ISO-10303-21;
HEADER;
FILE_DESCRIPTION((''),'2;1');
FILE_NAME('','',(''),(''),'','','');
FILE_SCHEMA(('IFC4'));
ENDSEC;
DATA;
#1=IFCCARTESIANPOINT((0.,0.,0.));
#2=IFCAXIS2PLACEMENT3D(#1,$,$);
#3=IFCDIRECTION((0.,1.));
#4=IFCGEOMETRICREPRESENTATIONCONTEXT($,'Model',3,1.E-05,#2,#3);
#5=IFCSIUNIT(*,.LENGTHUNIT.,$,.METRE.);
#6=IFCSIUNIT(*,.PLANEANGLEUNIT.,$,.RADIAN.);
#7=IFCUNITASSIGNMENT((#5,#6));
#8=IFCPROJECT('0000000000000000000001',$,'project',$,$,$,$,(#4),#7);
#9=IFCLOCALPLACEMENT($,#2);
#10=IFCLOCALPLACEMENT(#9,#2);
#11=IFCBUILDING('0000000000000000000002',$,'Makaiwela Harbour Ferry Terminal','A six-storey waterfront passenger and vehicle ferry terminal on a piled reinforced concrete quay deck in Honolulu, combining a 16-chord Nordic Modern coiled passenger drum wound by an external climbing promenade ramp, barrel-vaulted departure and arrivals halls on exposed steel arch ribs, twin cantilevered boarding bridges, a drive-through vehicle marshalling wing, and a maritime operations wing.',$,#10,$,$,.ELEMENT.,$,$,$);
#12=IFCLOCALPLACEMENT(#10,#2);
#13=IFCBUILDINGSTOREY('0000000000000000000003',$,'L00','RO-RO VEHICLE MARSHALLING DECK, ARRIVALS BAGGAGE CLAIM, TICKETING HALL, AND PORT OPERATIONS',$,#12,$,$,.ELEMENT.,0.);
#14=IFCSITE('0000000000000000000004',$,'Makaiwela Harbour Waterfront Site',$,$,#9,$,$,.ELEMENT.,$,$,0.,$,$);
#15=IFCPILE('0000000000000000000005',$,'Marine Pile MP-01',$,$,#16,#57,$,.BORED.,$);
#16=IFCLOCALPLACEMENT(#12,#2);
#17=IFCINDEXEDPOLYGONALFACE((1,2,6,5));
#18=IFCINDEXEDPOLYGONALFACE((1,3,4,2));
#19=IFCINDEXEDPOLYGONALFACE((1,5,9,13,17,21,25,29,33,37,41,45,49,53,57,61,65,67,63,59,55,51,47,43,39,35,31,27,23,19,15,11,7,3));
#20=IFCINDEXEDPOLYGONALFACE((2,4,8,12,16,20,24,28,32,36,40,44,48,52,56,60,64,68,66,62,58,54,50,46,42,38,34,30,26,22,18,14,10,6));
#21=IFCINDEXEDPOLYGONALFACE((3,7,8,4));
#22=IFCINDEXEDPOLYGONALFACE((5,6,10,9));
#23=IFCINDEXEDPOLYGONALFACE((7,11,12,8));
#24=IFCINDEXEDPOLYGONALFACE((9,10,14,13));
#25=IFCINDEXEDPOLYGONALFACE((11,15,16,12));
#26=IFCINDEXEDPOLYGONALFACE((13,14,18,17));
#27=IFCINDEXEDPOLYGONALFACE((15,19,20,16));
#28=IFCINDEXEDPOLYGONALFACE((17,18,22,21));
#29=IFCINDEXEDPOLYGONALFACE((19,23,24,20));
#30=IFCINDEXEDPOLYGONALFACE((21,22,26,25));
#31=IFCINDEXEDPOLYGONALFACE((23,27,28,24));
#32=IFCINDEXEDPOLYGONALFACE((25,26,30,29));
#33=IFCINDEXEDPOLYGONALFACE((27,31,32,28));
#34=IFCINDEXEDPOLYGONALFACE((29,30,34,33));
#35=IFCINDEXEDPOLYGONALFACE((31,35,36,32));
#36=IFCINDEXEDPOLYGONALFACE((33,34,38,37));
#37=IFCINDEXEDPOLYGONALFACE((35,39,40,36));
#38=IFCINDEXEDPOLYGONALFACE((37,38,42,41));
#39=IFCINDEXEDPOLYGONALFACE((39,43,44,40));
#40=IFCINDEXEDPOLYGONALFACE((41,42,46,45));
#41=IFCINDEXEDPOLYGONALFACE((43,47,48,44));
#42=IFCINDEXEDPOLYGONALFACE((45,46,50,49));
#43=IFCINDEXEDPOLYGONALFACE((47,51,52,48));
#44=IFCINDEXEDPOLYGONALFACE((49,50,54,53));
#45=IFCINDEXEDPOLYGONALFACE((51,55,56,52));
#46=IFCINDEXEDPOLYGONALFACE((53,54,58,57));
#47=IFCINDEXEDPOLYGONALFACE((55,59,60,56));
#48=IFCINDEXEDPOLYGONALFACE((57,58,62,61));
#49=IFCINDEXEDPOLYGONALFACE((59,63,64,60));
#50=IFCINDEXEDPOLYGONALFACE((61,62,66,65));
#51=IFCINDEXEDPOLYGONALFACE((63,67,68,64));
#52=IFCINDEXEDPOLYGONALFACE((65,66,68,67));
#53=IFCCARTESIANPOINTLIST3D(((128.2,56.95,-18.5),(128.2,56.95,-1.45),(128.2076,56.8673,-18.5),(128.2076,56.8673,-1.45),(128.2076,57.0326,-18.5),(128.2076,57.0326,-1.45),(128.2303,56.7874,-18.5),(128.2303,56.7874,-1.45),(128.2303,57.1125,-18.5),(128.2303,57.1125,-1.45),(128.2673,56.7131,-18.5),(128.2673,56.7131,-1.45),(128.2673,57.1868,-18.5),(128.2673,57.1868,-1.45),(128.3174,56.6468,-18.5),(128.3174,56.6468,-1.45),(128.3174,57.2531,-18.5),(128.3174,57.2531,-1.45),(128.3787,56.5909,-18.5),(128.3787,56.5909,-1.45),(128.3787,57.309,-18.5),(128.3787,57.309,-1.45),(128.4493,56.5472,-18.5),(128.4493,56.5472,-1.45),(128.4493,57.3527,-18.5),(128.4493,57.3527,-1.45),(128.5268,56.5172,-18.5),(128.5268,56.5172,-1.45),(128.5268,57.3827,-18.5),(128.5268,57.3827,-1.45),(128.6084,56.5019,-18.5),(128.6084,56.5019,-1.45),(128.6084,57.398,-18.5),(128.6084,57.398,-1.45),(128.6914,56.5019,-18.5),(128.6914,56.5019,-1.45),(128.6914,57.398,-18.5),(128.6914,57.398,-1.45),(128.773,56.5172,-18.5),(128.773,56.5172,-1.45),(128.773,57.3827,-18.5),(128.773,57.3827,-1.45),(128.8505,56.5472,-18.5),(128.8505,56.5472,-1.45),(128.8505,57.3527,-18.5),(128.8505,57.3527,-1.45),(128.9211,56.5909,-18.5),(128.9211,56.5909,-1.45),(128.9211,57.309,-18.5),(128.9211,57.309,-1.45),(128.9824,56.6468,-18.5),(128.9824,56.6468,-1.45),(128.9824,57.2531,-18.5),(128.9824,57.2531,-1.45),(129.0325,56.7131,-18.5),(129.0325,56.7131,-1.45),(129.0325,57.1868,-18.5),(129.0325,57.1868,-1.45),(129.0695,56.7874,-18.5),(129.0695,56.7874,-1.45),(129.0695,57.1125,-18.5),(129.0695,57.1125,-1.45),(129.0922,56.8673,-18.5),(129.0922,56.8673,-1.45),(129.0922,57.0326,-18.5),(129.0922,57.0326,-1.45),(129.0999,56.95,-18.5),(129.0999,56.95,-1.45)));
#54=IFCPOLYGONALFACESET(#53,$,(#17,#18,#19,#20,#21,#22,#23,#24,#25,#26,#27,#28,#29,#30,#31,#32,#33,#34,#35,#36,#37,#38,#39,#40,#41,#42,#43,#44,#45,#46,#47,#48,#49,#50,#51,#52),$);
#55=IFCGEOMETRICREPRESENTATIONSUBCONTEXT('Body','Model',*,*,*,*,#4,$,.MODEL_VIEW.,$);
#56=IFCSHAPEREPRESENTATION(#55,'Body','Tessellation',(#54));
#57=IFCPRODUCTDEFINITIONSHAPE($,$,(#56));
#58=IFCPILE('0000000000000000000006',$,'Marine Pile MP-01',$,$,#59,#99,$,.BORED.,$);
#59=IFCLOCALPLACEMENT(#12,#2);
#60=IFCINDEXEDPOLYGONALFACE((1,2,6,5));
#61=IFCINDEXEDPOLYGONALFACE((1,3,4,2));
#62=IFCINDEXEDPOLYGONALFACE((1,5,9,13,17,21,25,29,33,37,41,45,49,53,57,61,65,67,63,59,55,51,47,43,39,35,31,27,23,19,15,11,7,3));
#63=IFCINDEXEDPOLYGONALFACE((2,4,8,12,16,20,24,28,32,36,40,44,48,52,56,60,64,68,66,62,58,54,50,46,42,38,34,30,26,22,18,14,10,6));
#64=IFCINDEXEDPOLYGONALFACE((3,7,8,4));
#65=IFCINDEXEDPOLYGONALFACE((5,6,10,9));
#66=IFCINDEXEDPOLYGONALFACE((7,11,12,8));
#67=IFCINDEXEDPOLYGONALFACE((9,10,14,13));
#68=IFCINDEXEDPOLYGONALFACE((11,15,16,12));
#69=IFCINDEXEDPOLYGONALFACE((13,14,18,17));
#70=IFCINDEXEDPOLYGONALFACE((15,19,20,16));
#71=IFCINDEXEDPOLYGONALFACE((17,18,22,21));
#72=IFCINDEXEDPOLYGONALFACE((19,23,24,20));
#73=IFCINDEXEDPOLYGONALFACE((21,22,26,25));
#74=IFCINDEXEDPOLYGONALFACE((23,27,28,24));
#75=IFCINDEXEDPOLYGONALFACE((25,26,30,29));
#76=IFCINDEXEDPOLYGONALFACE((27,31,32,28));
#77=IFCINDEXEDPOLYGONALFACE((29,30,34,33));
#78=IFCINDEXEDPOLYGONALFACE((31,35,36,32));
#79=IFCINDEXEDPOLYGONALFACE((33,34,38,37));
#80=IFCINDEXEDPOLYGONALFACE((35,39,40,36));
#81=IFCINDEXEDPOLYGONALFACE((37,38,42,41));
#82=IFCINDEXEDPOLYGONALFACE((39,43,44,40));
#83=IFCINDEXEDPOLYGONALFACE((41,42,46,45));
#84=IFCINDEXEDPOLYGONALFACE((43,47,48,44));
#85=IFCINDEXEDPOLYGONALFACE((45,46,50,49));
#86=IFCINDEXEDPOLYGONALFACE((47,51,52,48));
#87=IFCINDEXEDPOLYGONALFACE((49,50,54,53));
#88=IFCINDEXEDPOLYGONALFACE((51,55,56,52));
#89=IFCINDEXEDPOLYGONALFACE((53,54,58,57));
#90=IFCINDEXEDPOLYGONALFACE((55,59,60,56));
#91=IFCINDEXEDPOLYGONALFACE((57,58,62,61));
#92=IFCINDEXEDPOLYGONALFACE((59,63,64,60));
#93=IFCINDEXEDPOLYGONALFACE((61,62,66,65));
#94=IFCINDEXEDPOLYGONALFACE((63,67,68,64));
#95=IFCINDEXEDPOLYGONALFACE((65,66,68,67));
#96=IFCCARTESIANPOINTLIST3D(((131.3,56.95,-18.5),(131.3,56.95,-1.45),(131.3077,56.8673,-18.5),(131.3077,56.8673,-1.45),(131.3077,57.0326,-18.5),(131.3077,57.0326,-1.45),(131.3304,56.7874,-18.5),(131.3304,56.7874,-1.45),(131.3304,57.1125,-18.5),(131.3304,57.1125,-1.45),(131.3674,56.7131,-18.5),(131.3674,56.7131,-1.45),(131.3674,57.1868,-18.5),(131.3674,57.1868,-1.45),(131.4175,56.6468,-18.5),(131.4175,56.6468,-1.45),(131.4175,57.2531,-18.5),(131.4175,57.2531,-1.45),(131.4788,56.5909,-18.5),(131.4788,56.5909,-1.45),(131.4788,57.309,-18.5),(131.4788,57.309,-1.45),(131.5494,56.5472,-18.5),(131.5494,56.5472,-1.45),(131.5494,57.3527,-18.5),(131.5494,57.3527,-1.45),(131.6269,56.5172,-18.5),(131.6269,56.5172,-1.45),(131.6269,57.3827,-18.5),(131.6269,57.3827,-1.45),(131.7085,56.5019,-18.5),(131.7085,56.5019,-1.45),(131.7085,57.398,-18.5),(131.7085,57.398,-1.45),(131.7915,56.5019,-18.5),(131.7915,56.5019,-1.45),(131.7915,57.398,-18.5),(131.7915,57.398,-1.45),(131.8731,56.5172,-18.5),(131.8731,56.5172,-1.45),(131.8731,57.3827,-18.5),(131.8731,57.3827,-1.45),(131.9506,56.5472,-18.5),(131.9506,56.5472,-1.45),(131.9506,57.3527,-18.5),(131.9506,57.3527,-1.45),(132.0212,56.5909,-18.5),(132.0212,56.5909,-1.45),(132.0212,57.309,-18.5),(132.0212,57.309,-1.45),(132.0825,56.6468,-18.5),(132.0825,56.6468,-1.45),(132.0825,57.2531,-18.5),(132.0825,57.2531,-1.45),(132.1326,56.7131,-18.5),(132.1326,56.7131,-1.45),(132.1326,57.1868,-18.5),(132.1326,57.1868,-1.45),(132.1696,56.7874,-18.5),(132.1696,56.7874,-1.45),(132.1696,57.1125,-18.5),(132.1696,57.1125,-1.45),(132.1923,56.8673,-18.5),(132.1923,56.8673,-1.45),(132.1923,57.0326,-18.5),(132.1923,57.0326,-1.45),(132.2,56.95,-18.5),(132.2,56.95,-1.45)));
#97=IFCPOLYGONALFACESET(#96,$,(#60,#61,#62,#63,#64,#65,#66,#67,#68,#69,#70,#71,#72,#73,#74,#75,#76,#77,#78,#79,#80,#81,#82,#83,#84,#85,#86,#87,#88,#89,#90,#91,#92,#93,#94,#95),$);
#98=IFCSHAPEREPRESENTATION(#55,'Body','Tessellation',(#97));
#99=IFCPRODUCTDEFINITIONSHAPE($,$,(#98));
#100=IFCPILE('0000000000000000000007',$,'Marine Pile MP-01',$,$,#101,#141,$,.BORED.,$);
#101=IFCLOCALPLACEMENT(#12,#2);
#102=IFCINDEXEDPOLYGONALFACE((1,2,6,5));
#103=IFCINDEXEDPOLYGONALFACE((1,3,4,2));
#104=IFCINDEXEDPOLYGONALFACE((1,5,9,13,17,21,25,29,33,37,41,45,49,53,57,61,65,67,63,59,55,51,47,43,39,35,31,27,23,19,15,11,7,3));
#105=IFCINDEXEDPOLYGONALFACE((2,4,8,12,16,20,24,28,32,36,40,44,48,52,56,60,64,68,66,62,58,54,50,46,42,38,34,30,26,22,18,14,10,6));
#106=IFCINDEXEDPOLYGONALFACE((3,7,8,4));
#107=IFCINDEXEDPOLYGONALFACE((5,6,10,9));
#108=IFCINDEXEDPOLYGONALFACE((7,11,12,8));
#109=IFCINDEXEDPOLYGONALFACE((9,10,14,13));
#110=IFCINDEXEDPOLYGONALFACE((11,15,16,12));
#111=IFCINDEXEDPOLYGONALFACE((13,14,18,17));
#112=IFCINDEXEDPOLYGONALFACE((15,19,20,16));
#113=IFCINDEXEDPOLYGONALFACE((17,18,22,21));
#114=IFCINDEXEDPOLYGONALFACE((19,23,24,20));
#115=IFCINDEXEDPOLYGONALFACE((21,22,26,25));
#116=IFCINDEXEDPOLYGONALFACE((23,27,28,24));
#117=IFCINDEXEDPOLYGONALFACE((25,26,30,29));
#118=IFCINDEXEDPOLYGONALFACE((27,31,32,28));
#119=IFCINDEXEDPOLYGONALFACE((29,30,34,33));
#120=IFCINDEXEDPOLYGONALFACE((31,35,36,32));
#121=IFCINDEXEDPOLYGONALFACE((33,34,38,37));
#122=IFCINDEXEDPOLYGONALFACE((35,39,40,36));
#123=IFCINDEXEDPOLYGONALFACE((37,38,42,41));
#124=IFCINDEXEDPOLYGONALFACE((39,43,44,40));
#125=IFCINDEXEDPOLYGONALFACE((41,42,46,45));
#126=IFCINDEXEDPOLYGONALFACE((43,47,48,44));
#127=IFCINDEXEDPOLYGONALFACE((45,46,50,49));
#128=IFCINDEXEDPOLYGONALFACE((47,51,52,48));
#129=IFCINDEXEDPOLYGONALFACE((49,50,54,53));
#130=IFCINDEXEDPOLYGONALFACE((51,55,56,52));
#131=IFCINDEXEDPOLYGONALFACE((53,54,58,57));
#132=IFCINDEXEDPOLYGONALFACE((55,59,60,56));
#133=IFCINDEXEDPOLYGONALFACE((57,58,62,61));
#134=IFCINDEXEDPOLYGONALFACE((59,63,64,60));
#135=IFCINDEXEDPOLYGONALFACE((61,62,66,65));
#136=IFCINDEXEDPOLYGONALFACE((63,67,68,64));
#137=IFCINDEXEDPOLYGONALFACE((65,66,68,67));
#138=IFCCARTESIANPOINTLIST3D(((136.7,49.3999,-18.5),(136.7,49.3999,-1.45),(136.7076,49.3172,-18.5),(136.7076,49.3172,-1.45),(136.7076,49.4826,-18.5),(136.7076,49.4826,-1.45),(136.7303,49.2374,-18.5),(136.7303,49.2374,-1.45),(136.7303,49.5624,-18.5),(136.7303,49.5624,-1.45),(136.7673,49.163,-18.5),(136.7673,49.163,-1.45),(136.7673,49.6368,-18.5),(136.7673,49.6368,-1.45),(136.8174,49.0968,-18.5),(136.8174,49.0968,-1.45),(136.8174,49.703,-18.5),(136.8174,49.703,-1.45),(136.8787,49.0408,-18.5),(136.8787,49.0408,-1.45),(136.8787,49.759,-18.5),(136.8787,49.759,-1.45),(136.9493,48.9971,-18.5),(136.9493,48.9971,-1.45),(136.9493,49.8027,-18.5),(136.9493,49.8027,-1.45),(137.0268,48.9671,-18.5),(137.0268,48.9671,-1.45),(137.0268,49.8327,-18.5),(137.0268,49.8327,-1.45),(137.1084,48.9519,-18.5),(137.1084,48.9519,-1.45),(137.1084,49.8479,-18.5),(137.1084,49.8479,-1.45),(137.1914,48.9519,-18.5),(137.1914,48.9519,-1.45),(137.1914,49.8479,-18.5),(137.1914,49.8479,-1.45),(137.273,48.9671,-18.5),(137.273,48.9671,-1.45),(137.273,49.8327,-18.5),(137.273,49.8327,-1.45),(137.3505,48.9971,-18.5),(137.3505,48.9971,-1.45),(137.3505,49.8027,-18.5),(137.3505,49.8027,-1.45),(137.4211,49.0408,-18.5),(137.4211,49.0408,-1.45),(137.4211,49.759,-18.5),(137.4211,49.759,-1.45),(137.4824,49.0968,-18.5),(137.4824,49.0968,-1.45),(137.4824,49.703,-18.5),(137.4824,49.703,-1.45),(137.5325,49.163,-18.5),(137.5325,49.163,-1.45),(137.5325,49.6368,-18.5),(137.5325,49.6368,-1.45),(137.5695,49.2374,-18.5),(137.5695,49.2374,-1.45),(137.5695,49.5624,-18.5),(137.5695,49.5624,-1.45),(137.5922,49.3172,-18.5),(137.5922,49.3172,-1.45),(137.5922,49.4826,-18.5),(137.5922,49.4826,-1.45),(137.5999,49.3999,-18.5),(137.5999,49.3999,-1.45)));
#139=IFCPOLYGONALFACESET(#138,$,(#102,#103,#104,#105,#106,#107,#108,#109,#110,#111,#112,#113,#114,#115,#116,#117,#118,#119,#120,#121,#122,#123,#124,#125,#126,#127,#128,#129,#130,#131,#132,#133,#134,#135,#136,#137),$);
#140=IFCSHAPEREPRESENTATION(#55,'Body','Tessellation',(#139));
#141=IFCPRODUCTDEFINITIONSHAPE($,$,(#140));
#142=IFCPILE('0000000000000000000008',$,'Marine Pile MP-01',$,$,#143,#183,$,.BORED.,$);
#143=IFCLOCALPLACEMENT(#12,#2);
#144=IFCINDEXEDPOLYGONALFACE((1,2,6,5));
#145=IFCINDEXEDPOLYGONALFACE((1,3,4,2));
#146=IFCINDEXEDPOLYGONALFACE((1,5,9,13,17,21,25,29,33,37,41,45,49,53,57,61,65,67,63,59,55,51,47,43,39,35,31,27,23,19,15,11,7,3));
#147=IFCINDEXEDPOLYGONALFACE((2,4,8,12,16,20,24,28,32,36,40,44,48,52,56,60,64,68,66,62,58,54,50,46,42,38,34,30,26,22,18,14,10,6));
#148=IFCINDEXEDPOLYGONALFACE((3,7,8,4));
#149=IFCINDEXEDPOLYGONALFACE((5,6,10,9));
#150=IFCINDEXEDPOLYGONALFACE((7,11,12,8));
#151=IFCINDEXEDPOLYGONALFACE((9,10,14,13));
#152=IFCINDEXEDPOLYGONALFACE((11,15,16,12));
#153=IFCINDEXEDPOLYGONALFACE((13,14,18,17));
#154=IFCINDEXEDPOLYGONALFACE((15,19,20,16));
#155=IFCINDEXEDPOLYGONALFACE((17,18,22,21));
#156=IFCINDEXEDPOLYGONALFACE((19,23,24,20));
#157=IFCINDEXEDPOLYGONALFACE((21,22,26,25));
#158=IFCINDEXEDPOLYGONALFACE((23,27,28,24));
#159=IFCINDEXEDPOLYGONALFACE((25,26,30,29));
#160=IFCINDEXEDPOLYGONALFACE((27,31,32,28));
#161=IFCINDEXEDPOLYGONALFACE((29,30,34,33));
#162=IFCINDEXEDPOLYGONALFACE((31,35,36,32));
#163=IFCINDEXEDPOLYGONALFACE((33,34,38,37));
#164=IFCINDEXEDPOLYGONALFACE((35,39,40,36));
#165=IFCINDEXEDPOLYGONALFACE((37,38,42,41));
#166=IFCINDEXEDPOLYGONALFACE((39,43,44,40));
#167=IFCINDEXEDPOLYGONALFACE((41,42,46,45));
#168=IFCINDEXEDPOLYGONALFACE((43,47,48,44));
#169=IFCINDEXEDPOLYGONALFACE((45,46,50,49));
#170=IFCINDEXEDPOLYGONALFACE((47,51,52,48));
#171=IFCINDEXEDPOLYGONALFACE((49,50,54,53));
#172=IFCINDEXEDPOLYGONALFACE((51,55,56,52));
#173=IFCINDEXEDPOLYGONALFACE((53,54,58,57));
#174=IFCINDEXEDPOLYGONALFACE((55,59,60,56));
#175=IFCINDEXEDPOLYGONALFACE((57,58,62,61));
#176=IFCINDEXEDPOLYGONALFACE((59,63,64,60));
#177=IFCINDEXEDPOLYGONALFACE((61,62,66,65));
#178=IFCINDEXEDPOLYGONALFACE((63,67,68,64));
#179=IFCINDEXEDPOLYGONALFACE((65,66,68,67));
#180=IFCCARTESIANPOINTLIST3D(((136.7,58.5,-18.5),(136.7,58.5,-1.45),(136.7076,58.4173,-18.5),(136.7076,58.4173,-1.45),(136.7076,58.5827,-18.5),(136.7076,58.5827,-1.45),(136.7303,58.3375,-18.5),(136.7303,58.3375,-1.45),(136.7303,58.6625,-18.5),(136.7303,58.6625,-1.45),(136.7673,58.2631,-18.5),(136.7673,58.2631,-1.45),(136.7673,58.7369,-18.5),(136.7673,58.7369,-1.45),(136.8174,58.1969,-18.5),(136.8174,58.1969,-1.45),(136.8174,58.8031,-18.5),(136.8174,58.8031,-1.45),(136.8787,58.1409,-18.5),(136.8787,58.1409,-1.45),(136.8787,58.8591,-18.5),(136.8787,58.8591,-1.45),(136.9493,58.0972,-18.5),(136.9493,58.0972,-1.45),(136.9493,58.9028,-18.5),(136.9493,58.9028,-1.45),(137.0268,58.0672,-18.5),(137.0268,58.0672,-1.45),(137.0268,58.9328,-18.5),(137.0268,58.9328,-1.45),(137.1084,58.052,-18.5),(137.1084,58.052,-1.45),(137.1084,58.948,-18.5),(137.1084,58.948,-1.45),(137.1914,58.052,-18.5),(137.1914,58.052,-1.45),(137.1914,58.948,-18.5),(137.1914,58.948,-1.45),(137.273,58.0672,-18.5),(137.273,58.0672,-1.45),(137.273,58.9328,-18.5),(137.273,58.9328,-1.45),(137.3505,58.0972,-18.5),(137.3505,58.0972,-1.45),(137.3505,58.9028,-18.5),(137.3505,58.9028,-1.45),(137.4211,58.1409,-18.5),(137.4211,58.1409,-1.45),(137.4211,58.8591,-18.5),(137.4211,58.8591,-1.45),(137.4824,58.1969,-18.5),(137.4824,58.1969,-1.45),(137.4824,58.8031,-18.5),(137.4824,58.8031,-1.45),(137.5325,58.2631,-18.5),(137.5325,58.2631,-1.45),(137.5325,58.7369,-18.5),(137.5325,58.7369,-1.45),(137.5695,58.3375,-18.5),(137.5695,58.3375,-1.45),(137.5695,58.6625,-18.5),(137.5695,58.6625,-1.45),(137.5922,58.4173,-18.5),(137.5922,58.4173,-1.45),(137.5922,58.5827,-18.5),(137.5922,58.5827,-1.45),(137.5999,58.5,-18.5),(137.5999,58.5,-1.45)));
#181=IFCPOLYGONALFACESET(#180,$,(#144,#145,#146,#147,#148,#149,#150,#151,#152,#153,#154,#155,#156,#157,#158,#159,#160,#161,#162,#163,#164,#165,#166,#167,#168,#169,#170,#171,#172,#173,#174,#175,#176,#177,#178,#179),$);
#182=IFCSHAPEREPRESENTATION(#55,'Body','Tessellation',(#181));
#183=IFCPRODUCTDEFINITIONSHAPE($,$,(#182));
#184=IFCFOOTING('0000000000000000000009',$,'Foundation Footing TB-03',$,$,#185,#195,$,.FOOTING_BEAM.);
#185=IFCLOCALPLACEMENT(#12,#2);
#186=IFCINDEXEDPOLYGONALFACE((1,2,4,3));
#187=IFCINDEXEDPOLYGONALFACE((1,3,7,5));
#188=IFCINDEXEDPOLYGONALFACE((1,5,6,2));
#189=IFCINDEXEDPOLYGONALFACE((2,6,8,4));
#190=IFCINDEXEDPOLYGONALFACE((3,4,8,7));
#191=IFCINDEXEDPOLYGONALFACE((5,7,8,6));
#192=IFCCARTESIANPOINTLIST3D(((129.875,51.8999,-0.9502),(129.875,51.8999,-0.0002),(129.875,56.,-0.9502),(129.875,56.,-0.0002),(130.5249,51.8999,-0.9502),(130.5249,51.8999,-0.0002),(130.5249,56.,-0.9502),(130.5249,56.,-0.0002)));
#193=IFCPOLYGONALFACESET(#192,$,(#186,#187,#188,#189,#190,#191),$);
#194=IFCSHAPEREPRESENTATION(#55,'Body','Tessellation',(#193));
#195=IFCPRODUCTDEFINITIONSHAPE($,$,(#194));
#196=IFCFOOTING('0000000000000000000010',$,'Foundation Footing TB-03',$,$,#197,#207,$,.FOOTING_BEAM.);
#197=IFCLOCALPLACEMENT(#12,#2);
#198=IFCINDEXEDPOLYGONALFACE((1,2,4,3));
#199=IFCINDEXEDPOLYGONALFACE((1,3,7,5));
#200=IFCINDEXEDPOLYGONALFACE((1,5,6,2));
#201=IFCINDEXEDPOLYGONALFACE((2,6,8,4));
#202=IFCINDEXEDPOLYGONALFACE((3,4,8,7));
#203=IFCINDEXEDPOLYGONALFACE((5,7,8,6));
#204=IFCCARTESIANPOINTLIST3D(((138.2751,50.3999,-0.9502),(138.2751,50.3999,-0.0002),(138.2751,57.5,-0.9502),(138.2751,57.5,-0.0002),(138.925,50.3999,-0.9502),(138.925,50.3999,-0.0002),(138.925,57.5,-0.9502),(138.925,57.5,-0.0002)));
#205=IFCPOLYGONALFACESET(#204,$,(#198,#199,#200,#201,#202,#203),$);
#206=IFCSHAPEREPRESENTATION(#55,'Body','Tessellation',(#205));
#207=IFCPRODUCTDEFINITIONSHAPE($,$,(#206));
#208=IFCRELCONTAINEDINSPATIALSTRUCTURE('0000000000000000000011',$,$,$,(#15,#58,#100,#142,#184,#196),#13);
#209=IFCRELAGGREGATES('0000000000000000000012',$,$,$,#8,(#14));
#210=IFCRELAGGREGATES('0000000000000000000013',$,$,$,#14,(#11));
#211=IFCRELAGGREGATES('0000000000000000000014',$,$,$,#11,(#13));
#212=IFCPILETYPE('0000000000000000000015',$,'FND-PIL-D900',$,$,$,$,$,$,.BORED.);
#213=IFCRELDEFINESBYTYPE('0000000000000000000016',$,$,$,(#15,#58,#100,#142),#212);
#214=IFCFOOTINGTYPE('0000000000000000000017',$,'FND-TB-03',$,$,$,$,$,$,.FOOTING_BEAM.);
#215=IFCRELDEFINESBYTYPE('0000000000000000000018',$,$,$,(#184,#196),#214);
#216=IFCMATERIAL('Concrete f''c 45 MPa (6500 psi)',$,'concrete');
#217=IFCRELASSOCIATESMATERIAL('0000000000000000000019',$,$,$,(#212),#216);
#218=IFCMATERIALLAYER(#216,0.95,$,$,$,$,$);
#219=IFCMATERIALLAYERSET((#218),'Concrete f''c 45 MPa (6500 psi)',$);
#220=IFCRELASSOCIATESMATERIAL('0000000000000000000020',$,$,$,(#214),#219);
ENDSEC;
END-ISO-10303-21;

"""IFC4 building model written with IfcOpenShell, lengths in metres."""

from ifc_helpers import new_model, si_unit, direction, frame, origin, origin_2d, place, context, subcontext, project, spatial, rectangle, circle, extrude, material, layer, layer_set, material_profile, profile_set, type_object, element, save


model = new_model("IFC4")

# Units and contexts
model_context = context("Model", 3, precision=1e-05, world=origin(), true_north=direction((0.0, 1.0)))
body_context = subcontext(model_context, "Body", "Model", "MODEL_VIEW")
ifc_project = project(units=[si_unit("LENGTHUNIT", "METRE"), si_unit("PLANEANGLEUNIT", "RADIAN")], contexts=[model_context])

# Site, building, storey
site_placement = place(None, origin())
site = spatial("IfcSite", under=ifc_project, at=site_placement, Name="Makaiwela Harbour Waterfront Site", CompositionType="ELEMENT", RefElevation=0.0)
building_placement = place(site_placement, origin())
building = spatial("IfcBuilding", under=site, at=building_placement, Name="Makaiwela Harbour Ferry Terminal", Description="A six-storey waterfront passenger and vehicle ferry terminal on a piled reinforced concrete quay deck in Honolulu, combining a 16-chord Nordic Modern coiled passenger drum wound by an external climbing promenade ramp, barrel-vaulted departure and arrivals halls on exposed steel arch ribs, twin cantilevered boarding bridges, a drive-through vehicle marshalling wing, and a maritime operations wing.", CompositionType="ELEMENT")
storey_placement = place(building_placement, origin())
storey = spatial("IfcBuildingStorey", under=building, at=storey_placement, Name="L00", Description="RO-RO VEHICLE MARSHALLING DECK, ARRIVALS BAGGAGE CLAIM, TICKETING HALL, AND PORT OPERATIONS", CompositionType="ELEMENT", Elevation=0.0)

# Shared definitions
ifc_material_1 = material(Name="Concrete f'c 45 MPa (6500 psi)", Category="concrete")

# Piles
ifc_material_profile_1 = material_profile(ifc_material_1, circle(Radius=0.45, at=origin_2d()), Name="PILE-D900")
ifc_profile_set_1 = profile_set([ifc_material_profile_1], Name="Concrete f'c 45 MPa (6500 psi)")
pile_type = type_object("IfcPileType", Name="FND-PIL-D900", PredefinedType="BORED", material=ifc_profile_set_1)
for number, where, z_axis, x_axis, name in (
    (1, (128.6499, 56.95, -1.45), (0.0, 0.0, -1.0), (1.0, 0.0, 0.0), "Marine Pile MP-01"),
    (2, (131.75, 56.95, -1.45), (0.0, 0.0, -1.0), (1.0, 0.0, 0.0), "Marine Pile MP-01"),
    (3, (137.1499, 49.3999, -1.45), (0.0, 0.0, -1.0), (1.0, 0.0, 0.0), "Marine Pile MP-01"),
    (4, (137.1499, 58.5, -1.45), (0.0, 0.0, -1.0), (1.0, 0.0, 0.0), "Marine Pile MP-01"),
):
    element("IfcPile", number, at=place(storey_placement, frame(where, z_axis=z_axis, x_axis=x_axis)), inside=storey, type_object=pile_type, Name=name, PredefinedType="BORED", context=body_context, shape_type="SweptSolid", body=[
        extrude(circle(Radius=0.45, at=origin_2d()), origin(), (0.0, 0.0, 1.0), 17.05),
    ])

# Footings
ifc_layer_1 = layer(ifc_material_1, 0.95)
ifc_layer_set_1 = layer_set([ifc_layer_1], Name="Concrete f'c 45 MPa (6500 psi)")
footing_type_1 = type_object("IfcFootingType", Name="FND-TB-03", PredefinedType="FOOTING_BEAM", material=ifc_layer_set_1)
footing_1_placement = place(storey_placement, frame((130.2, 53.95, -0.9502), z_axis=(0.0, 0.0, 1.0), x_axis=(0.0, 1.0, 0.0)))
element("IfcFooting", 5, at=footing_1_placement, inside=storey, type_object=footing_type_1, Name="Foundation Footing TB-03", PredefinedType="FOOTING_BEAM", context=body_context, shape_type="SweptSolid", body=[
    extrude(rectangle(XDim=4.1001, YDim=0.6499, at=origin_2d()), origin(), (0.0, 0.0, 1.0), 0.95),
])
footing_2_placement = place(storey_placement, frame((138.6001, 53.95, -0.9502), z_axis=(0.0, 0.0, 1.0), x_axis=(0.0, 1.0, 0.0)))
element("IfcFooting", 6, at=footing_2_placement, inside=storey, type_object=footing_type_1, Name="Foundation Footing TB-03", PredefinedType="FOOTING_BEAM", context=body_context, shape_type="SweptSolid", body=[
    extrude(rectangle(XDim=7.1001, YDim=0.6499, at=origin_2d()), origin(), (0.0, 0.0, 1.0), 0.95),
])

save(model, "model.ifc")
